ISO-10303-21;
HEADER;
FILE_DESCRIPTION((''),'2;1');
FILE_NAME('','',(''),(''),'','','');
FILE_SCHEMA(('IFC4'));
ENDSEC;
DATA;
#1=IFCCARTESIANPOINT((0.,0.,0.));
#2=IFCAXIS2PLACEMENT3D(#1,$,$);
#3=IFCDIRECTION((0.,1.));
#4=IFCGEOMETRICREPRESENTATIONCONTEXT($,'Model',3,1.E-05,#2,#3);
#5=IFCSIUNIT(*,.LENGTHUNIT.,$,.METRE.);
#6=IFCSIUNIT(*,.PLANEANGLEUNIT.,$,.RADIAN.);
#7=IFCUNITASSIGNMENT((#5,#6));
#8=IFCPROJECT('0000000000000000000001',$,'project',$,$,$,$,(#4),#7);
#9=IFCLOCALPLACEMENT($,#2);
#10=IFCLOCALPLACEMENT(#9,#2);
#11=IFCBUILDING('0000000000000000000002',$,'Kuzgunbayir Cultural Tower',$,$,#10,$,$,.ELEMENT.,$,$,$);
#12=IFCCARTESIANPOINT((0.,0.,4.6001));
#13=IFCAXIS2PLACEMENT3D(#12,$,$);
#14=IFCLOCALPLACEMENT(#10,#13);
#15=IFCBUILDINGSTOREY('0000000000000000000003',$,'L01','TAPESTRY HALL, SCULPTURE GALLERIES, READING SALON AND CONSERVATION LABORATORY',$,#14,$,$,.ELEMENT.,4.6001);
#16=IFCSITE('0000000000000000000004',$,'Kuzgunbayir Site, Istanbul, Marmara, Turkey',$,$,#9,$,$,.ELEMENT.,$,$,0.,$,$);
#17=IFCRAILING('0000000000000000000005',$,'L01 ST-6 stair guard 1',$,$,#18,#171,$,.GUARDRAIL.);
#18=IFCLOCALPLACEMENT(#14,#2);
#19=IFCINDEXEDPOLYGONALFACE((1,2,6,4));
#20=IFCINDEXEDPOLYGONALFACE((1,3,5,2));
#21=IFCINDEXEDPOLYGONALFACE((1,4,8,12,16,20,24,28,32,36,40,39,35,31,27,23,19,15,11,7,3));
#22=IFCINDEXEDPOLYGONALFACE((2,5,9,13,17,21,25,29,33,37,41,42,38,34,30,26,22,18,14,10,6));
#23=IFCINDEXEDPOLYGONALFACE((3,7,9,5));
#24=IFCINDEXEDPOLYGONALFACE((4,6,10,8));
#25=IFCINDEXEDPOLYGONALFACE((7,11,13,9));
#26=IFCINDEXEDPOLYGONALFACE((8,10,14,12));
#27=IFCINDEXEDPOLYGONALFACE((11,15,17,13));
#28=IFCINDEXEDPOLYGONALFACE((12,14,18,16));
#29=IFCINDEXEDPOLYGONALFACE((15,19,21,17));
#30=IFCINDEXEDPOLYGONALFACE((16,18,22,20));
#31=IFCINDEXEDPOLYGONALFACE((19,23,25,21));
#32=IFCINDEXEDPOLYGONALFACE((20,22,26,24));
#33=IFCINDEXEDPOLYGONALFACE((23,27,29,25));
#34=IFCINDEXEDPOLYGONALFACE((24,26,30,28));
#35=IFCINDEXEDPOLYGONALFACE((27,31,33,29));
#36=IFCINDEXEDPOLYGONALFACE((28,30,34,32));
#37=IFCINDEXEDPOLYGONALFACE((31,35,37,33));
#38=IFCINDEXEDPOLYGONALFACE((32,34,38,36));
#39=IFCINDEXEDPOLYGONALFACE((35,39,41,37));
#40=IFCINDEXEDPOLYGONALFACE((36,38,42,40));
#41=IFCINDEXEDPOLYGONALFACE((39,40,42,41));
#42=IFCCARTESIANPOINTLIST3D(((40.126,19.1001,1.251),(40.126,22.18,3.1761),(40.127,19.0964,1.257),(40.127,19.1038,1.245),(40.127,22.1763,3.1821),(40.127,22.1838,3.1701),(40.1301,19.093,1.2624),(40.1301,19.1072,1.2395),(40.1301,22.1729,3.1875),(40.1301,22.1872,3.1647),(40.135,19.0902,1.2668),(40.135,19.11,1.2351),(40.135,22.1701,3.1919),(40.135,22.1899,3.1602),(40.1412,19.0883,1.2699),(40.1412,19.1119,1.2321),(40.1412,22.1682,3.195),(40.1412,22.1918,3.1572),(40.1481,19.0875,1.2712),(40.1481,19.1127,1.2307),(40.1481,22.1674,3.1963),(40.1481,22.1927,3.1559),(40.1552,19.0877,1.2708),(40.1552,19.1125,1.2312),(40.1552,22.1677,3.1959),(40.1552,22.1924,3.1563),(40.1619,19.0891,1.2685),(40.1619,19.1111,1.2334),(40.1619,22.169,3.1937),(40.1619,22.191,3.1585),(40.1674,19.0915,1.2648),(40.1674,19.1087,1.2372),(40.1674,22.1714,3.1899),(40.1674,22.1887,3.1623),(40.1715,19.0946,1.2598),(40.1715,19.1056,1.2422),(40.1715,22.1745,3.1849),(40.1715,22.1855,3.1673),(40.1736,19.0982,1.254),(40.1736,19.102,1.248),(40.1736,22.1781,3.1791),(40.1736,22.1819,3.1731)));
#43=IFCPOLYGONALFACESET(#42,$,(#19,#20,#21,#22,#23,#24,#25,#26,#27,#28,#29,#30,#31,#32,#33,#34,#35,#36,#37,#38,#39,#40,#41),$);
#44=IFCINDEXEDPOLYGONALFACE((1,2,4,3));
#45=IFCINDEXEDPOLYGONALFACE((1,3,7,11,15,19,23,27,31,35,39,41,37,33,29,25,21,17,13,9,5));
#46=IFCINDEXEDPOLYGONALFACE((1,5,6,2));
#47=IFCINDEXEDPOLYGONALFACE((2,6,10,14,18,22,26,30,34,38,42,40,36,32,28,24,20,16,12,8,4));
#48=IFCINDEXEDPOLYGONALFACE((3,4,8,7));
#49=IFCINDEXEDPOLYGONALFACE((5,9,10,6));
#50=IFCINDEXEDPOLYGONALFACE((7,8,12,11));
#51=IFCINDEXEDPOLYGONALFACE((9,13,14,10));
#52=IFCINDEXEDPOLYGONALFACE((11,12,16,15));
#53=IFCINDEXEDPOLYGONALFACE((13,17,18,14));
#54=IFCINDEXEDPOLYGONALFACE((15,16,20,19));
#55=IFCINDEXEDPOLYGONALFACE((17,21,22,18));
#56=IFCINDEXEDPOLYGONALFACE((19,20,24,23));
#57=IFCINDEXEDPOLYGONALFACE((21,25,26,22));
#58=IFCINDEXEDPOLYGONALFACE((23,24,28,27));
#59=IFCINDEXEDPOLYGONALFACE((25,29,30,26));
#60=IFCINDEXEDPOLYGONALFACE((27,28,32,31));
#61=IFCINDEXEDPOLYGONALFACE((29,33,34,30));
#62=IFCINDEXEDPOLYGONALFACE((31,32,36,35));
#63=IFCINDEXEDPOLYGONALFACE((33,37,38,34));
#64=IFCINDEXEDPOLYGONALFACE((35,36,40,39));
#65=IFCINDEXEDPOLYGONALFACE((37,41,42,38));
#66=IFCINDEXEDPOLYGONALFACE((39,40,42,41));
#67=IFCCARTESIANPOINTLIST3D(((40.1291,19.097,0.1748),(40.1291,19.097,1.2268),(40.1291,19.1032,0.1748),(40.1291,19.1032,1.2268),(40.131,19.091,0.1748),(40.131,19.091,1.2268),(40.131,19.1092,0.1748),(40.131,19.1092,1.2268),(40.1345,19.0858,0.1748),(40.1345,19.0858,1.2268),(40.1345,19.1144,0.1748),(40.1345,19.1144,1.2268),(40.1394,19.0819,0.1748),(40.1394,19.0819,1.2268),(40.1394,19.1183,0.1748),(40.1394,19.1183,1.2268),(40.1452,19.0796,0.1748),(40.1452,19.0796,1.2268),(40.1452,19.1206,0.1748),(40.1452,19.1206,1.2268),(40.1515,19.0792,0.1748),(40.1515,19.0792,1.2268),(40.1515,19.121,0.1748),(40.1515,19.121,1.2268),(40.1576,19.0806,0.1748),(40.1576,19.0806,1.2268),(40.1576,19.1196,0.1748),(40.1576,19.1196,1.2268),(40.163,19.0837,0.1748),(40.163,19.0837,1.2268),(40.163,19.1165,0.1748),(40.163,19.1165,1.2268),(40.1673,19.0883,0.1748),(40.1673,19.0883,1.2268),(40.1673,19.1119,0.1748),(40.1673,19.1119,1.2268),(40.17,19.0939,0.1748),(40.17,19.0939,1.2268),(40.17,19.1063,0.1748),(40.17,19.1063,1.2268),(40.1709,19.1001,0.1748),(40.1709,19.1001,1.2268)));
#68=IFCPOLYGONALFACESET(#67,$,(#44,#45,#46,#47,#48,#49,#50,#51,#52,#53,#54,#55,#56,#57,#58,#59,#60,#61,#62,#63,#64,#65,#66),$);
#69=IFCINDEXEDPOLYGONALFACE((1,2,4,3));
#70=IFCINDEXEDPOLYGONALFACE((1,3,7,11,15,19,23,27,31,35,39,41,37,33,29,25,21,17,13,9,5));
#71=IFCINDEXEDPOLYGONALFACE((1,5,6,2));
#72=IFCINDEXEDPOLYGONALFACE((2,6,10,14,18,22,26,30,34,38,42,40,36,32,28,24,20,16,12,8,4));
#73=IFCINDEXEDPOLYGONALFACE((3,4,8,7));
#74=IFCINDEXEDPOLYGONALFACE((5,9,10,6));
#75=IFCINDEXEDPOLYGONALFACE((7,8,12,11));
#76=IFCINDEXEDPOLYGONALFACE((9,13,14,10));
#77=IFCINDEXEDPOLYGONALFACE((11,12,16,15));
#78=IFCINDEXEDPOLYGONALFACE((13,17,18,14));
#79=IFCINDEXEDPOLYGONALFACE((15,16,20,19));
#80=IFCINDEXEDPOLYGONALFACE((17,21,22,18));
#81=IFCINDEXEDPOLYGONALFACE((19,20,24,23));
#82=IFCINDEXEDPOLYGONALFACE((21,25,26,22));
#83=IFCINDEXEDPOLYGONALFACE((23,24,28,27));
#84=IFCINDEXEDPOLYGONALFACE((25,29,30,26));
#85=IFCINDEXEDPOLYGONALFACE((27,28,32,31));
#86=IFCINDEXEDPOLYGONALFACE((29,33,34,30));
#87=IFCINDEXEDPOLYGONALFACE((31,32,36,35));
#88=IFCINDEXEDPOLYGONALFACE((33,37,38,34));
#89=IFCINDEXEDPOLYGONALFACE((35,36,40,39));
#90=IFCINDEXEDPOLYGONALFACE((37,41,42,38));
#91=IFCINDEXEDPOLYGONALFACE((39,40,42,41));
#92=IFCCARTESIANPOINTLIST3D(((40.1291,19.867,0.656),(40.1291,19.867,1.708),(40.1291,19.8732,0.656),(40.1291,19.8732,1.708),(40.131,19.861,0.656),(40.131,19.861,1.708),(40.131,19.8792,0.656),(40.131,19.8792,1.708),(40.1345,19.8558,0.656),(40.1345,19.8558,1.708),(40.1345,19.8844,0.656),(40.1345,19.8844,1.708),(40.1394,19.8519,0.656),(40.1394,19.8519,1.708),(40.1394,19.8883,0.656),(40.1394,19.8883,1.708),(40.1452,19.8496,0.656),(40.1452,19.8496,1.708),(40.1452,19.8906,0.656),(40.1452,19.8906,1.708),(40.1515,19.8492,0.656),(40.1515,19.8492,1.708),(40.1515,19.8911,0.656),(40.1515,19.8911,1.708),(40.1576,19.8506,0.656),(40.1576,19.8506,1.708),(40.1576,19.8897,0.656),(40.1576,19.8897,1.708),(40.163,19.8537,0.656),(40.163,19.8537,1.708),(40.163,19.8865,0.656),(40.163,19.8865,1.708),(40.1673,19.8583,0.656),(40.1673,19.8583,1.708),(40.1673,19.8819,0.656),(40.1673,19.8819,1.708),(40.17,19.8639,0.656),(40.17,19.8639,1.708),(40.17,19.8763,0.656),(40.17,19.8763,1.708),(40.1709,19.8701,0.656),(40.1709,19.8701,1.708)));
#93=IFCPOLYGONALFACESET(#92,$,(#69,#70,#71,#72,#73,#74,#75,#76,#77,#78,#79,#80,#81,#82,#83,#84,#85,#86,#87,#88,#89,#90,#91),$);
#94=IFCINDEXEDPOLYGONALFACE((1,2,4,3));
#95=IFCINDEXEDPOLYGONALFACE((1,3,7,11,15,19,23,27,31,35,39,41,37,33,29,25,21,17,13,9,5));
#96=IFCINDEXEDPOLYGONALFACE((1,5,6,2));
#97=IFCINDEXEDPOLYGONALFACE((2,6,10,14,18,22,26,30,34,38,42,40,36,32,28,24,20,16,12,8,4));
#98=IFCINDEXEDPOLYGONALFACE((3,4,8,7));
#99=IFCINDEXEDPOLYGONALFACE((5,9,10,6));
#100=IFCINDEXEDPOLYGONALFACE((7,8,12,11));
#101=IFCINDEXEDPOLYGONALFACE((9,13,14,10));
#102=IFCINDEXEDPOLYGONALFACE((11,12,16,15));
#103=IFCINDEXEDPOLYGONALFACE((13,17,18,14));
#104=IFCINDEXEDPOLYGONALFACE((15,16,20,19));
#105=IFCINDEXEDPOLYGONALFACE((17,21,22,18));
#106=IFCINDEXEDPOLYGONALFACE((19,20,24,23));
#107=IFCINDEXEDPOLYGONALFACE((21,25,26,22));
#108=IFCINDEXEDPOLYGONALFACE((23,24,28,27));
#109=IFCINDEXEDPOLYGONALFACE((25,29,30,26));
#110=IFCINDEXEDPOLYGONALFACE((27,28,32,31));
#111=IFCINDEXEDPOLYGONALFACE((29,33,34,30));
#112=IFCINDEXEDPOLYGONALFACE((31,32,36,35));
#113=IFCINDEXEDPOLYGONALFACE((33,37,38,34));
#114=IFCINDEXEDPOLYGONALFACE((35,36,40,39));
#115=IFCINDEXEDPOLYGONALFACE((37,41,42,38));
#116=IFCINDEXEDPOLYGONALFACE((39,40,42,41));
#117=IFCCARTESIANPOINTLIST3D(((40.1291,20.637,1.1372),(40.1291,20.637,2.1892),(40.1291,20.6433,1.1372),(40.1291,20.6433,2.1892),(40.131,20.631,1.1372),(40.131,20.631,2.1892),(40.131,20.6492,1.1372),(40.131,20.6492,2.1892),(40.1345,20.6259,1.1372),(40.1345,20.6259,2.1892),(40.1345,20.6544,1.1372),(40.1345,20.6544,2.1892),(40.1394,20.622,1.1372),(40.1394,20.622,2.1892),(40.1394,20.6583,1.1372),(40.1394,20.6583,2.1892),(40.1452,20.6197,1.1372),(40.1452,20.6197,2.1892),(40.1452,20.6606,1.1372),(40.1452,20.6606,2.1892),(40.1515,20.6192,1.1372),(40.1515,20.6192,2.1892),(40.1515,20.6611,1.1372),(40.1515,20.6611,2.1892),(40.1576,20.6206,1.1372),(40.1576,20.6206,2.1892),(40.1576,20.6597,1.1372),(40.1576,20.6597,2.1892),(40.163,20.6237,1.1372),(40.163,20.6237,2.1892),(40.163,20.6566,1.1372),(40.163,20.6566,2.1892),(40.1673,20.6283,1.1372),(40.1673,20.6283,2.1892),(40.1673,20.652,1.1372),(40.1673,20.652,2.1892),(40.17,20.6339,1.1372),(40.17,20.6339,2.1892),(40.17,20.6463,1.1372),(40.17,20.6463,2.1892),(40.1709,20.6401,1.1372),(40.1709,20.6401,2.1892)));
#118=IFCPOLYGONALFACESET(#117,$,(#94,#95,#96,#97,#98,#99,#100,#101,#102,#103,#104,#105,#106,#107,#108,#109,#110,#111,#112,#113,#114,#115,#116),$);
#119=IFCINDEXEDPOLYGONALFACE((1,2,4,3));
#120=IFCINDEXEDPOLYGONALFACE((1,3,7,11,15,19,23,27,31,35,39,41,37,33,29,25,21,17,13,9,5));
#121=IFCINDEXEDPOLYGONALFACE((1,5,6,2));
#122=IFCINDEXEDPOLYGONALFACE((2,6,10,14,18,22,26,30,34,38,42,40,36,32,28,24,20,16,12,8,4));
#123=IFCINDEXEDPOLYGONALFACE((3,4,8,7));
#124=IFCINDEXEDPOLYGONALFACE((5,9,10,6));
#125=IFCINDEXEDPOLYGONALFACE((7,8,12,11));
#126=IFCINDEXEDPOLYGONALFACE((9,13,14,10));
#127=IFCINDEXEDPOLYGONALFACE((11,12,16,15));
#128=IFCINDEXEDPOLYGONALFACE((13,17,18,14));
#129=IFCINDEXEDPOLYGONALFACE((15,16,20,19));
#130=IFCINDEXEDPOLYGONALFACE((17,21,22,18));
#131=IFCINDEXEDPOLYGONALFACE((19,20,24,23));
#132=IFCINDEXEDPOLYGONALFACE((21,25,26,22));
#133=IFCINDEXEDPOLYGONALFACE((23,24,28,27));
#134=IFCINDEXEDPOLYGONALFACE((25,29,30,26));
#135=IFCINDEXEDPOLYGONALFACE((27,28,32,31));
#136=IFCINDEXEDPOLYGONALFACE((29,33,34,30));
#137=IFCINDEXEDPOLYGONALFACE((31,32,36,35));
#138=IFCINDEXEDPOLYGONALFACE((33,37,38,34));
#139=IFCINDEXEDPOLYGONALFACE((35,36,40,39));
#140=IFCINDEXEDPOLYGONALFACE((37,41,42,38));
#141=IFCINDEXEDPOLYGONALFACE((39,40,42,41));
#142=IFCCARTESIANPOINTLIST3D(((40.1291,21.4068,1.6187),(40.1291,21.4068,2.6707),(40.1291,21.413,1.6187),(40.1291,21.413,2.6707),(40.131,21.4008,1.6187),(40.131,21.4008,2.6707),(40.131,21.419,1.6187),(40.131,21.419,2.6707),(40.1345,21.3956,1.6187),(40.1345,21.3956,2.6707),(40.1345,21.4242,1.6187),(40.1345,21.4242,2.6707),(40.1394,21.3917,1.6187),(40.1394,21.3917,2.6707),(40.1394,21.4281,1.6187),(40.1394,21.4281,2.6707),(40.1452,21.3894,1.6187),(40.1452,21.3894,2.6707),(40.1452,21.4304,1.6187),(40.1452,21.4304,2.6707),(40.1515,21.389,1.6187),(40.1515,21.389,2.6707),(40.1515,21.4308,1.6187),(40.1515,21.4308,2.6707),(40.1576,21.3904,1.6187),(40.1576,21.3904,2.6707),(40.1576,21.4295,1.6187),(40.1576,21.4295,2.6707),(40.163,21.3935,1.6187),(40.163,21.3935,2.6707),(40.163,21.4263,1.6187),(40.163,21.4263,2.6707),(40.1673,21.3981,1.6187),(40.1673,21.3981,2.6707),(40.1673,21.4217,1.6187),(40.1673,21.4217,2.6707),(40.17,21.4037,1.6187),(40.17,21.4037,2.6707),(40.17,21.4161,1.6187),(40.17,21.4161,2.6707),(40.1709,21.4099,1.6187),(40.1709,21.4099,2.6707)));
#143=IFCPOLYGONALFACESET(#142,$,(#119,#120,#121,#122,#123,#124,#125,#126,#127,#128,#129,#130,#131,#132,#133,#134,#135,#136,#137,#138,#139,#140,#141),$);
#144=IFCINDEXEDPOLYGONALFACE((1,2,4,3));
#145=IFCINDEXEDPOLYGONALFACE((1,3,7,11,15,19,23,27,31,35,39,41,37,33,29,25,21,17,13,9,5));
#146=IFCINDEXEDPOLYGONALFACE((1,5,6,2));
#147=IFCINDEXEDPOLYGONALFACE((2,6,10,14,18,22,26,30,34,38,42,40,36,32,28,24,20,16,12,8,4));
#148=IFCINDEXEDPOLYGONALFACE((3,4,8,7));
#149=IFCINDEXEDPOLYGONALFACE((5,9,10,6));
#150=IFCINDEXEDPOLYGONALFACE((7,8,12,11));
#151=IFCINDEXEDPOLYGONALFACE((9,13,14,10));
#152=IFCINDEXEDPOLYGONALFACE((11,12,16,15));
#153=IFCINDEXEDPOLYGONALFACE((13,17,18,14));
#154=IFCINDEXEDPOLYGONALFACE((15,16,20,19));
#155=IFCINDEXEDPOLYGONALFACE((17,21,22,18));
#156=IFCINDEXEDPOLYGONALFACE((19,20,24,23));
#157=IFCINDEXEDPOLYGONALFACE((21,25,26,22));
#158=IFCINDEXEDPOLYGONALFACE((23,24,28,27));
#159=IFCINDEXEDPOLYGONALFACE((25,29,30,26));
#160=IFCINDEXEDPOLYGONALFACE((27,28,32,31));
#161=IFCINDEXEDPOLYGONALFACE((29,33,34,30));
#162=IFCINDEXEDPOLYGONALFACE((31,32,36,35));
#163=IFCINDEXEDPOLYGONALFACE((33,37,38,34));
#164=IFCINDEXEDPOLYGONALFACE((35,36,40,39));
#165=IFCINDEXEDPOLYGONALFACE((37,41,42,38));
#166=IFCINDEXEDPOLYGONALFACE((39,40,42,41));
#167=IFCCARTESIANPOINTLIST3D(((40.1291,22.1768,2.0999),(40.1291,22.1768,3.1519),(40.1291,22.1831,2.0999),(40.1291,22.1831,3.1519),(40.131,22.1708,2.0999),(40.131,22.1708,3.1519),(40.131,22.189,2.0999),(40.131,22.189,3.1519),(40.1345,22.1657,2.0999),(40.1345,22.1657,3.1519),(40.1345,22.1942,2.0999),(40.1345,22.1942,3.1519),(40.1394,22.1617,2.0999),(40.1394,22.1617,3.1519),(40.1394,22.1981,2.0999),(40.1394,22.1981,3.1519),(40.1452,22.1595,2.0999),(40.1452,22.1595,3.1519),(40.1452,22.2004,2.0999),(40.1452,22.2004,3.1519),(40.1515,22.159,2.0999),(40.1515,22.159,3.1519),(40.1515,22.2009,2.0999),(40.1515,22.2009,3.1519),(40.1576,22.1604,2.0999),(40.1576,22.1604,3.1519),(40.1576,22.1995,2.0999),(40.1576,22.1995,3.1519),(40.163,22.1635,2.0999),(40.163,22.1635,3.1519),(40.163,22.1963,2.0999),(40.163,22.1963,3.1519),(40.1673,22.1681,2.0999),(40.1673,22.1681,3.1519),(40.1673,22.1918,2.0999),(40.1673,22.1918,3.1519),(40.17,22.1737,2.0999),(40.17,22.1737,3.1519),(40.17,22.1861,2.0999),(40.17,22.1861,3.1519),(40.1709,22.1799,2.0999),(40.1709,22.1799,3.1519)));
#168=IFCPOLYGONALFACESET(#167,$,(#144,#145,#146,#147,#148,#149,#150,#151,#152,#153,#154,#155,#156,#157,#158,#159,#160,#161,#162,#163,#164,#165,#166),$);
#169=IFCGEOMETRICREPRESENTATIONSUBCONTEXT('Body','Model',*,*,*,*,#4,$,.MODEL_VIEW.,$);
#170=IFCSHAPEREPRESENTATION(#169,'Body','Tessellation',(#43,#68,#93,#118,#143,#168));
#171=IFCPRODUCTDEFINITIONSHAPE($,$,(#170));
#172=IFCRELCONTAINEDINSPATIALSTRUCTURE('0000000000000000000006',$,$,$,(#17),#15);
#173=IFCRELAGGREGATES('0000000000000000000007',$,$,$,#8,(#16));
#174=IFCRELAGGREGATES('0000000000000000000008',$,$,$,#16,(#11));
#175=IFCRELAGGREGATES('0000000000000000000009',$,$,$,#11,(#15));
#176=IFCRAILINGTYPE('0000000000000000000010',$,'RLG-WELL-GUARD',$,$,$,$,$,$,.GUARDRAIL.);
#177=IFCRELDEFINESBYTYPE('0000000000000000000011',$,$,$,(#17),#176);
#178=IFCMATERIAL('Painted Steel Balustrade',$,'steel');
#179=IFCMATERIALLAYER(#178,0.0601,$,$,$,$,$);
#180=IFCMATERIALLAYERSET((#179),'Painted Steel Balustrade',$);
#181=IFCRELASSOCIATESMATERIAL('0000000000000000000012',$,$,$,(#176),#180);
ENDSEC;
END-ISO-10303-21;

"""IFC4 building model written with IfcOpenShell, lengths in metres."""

from ifc_helpers import new_model, si_unit, direction, frame, origin, origin_2d, place, context, subcontext, project, spatial, circle, extrude, material, layer, layer_set, type_object, element, save


model = new_model("IFC4")

# Units and contexts
model_context = context("Model", 3, precision=1e-05, world=origin(), true_north=direction((0.0, 1.0)))
body_context = subcontext(model_context, "Body", "Model", "MODEL_VIEW")
ifc_project = project(units=[si_unit("LENGTHUNIT", "METRE"), si_unit("PLANEANGLEUNIT", "RADIAN")], contexts=[model_context])

# Site, building, storey
site_placement = place(None, origin())
site = spatial("IfcSite", under=ifc_project, at=site_placement, Name="Kuzgunbayir Site, Istanbul, Marmara, Turkey", CompositionType="ELEMENT", RefElevation=0.0)
building_placement = place(site_placement, origin())
building = spatial("IfcBuilding", under=site, at=building_placement, Name="Kuzgunbayir Cultural Tower", CompositionType="ELEMENT")
storey_placement = place(building_placement, frame((0.0, 0.0, 4.6001)))
storey = spatial("IfcBuildingStorey", under=building, at=storey_placement, Name="L01", Description="TAPESTRY HALL, SCULPTURE GALLERIES, READING SALON AND CONSERVATION LABORATORY", CompositionType="ELEMENT", Elevation=4.6001)

# Railing
ifc_material_1 = material(Name="Painted Steel Balustrade", Category="steel")
ifc_layer_1 = layer(ifc_material_1, 0.0601)
ifc_layer_set_1 = layer_set([ifc_layer_1], Name="Painted Steel Balustrade")
railing_type_1 = type_object("IfcRailingType", Name="RLG-WELL-GUARD", PredefinedType="GUARDRAIL", material=ifc_layer_set_1)
railing_1_placement = place(storey_placement, frame((40.1499, 19.1001, 0.1748)))
element("IfcRailing", 1, at=railing_1_placement, inside=storey, type_object=railing_type_1, Name="L01 ST-6 stair guard 1", PredefinedType="GUARDRAIL", context=body_context, shape_type="SweptSolid", body=[
    extrude(circle(Radius=0.0239, at=origin_2d()), frame((0.0, 0.0, 1.0762), z_axis=(0.0, 0.847979, 0.530029), x_axis=(-1.0, 0.0, 0.0)), (0.0, 0.0, 1.0), 3.6321),
    extrude(circle(Radius=0.021, at=origin_2d()), origin(), (0.0, 0.0, 1.0), 1.052),
    extrude(circle(Radius=0.021, at=origin_2d()), frame((0.0, 0.77, 0.4812)), (0.0, 0.0, 1.0), 1.052),
    extrude(circle(Radius=0.021, at=origin_2d()), frame((0.0, 1.54, 0.9624)), (0.0, 0.0, 1.0), 1.052),
    extrude(circle(Radius=0.021, at=origin_2d()), frame((0.0, 2.3098, 1.4438)), (0.0, 0.0, 1.0), 1.052),
    extrude(circle(Radius=0.021, at=origin_2d()), frame((0.0, 3.0798, 1.925)), (0.0, 0.0, 1.0), 1.052),
])

save(model, "model.ifc")
